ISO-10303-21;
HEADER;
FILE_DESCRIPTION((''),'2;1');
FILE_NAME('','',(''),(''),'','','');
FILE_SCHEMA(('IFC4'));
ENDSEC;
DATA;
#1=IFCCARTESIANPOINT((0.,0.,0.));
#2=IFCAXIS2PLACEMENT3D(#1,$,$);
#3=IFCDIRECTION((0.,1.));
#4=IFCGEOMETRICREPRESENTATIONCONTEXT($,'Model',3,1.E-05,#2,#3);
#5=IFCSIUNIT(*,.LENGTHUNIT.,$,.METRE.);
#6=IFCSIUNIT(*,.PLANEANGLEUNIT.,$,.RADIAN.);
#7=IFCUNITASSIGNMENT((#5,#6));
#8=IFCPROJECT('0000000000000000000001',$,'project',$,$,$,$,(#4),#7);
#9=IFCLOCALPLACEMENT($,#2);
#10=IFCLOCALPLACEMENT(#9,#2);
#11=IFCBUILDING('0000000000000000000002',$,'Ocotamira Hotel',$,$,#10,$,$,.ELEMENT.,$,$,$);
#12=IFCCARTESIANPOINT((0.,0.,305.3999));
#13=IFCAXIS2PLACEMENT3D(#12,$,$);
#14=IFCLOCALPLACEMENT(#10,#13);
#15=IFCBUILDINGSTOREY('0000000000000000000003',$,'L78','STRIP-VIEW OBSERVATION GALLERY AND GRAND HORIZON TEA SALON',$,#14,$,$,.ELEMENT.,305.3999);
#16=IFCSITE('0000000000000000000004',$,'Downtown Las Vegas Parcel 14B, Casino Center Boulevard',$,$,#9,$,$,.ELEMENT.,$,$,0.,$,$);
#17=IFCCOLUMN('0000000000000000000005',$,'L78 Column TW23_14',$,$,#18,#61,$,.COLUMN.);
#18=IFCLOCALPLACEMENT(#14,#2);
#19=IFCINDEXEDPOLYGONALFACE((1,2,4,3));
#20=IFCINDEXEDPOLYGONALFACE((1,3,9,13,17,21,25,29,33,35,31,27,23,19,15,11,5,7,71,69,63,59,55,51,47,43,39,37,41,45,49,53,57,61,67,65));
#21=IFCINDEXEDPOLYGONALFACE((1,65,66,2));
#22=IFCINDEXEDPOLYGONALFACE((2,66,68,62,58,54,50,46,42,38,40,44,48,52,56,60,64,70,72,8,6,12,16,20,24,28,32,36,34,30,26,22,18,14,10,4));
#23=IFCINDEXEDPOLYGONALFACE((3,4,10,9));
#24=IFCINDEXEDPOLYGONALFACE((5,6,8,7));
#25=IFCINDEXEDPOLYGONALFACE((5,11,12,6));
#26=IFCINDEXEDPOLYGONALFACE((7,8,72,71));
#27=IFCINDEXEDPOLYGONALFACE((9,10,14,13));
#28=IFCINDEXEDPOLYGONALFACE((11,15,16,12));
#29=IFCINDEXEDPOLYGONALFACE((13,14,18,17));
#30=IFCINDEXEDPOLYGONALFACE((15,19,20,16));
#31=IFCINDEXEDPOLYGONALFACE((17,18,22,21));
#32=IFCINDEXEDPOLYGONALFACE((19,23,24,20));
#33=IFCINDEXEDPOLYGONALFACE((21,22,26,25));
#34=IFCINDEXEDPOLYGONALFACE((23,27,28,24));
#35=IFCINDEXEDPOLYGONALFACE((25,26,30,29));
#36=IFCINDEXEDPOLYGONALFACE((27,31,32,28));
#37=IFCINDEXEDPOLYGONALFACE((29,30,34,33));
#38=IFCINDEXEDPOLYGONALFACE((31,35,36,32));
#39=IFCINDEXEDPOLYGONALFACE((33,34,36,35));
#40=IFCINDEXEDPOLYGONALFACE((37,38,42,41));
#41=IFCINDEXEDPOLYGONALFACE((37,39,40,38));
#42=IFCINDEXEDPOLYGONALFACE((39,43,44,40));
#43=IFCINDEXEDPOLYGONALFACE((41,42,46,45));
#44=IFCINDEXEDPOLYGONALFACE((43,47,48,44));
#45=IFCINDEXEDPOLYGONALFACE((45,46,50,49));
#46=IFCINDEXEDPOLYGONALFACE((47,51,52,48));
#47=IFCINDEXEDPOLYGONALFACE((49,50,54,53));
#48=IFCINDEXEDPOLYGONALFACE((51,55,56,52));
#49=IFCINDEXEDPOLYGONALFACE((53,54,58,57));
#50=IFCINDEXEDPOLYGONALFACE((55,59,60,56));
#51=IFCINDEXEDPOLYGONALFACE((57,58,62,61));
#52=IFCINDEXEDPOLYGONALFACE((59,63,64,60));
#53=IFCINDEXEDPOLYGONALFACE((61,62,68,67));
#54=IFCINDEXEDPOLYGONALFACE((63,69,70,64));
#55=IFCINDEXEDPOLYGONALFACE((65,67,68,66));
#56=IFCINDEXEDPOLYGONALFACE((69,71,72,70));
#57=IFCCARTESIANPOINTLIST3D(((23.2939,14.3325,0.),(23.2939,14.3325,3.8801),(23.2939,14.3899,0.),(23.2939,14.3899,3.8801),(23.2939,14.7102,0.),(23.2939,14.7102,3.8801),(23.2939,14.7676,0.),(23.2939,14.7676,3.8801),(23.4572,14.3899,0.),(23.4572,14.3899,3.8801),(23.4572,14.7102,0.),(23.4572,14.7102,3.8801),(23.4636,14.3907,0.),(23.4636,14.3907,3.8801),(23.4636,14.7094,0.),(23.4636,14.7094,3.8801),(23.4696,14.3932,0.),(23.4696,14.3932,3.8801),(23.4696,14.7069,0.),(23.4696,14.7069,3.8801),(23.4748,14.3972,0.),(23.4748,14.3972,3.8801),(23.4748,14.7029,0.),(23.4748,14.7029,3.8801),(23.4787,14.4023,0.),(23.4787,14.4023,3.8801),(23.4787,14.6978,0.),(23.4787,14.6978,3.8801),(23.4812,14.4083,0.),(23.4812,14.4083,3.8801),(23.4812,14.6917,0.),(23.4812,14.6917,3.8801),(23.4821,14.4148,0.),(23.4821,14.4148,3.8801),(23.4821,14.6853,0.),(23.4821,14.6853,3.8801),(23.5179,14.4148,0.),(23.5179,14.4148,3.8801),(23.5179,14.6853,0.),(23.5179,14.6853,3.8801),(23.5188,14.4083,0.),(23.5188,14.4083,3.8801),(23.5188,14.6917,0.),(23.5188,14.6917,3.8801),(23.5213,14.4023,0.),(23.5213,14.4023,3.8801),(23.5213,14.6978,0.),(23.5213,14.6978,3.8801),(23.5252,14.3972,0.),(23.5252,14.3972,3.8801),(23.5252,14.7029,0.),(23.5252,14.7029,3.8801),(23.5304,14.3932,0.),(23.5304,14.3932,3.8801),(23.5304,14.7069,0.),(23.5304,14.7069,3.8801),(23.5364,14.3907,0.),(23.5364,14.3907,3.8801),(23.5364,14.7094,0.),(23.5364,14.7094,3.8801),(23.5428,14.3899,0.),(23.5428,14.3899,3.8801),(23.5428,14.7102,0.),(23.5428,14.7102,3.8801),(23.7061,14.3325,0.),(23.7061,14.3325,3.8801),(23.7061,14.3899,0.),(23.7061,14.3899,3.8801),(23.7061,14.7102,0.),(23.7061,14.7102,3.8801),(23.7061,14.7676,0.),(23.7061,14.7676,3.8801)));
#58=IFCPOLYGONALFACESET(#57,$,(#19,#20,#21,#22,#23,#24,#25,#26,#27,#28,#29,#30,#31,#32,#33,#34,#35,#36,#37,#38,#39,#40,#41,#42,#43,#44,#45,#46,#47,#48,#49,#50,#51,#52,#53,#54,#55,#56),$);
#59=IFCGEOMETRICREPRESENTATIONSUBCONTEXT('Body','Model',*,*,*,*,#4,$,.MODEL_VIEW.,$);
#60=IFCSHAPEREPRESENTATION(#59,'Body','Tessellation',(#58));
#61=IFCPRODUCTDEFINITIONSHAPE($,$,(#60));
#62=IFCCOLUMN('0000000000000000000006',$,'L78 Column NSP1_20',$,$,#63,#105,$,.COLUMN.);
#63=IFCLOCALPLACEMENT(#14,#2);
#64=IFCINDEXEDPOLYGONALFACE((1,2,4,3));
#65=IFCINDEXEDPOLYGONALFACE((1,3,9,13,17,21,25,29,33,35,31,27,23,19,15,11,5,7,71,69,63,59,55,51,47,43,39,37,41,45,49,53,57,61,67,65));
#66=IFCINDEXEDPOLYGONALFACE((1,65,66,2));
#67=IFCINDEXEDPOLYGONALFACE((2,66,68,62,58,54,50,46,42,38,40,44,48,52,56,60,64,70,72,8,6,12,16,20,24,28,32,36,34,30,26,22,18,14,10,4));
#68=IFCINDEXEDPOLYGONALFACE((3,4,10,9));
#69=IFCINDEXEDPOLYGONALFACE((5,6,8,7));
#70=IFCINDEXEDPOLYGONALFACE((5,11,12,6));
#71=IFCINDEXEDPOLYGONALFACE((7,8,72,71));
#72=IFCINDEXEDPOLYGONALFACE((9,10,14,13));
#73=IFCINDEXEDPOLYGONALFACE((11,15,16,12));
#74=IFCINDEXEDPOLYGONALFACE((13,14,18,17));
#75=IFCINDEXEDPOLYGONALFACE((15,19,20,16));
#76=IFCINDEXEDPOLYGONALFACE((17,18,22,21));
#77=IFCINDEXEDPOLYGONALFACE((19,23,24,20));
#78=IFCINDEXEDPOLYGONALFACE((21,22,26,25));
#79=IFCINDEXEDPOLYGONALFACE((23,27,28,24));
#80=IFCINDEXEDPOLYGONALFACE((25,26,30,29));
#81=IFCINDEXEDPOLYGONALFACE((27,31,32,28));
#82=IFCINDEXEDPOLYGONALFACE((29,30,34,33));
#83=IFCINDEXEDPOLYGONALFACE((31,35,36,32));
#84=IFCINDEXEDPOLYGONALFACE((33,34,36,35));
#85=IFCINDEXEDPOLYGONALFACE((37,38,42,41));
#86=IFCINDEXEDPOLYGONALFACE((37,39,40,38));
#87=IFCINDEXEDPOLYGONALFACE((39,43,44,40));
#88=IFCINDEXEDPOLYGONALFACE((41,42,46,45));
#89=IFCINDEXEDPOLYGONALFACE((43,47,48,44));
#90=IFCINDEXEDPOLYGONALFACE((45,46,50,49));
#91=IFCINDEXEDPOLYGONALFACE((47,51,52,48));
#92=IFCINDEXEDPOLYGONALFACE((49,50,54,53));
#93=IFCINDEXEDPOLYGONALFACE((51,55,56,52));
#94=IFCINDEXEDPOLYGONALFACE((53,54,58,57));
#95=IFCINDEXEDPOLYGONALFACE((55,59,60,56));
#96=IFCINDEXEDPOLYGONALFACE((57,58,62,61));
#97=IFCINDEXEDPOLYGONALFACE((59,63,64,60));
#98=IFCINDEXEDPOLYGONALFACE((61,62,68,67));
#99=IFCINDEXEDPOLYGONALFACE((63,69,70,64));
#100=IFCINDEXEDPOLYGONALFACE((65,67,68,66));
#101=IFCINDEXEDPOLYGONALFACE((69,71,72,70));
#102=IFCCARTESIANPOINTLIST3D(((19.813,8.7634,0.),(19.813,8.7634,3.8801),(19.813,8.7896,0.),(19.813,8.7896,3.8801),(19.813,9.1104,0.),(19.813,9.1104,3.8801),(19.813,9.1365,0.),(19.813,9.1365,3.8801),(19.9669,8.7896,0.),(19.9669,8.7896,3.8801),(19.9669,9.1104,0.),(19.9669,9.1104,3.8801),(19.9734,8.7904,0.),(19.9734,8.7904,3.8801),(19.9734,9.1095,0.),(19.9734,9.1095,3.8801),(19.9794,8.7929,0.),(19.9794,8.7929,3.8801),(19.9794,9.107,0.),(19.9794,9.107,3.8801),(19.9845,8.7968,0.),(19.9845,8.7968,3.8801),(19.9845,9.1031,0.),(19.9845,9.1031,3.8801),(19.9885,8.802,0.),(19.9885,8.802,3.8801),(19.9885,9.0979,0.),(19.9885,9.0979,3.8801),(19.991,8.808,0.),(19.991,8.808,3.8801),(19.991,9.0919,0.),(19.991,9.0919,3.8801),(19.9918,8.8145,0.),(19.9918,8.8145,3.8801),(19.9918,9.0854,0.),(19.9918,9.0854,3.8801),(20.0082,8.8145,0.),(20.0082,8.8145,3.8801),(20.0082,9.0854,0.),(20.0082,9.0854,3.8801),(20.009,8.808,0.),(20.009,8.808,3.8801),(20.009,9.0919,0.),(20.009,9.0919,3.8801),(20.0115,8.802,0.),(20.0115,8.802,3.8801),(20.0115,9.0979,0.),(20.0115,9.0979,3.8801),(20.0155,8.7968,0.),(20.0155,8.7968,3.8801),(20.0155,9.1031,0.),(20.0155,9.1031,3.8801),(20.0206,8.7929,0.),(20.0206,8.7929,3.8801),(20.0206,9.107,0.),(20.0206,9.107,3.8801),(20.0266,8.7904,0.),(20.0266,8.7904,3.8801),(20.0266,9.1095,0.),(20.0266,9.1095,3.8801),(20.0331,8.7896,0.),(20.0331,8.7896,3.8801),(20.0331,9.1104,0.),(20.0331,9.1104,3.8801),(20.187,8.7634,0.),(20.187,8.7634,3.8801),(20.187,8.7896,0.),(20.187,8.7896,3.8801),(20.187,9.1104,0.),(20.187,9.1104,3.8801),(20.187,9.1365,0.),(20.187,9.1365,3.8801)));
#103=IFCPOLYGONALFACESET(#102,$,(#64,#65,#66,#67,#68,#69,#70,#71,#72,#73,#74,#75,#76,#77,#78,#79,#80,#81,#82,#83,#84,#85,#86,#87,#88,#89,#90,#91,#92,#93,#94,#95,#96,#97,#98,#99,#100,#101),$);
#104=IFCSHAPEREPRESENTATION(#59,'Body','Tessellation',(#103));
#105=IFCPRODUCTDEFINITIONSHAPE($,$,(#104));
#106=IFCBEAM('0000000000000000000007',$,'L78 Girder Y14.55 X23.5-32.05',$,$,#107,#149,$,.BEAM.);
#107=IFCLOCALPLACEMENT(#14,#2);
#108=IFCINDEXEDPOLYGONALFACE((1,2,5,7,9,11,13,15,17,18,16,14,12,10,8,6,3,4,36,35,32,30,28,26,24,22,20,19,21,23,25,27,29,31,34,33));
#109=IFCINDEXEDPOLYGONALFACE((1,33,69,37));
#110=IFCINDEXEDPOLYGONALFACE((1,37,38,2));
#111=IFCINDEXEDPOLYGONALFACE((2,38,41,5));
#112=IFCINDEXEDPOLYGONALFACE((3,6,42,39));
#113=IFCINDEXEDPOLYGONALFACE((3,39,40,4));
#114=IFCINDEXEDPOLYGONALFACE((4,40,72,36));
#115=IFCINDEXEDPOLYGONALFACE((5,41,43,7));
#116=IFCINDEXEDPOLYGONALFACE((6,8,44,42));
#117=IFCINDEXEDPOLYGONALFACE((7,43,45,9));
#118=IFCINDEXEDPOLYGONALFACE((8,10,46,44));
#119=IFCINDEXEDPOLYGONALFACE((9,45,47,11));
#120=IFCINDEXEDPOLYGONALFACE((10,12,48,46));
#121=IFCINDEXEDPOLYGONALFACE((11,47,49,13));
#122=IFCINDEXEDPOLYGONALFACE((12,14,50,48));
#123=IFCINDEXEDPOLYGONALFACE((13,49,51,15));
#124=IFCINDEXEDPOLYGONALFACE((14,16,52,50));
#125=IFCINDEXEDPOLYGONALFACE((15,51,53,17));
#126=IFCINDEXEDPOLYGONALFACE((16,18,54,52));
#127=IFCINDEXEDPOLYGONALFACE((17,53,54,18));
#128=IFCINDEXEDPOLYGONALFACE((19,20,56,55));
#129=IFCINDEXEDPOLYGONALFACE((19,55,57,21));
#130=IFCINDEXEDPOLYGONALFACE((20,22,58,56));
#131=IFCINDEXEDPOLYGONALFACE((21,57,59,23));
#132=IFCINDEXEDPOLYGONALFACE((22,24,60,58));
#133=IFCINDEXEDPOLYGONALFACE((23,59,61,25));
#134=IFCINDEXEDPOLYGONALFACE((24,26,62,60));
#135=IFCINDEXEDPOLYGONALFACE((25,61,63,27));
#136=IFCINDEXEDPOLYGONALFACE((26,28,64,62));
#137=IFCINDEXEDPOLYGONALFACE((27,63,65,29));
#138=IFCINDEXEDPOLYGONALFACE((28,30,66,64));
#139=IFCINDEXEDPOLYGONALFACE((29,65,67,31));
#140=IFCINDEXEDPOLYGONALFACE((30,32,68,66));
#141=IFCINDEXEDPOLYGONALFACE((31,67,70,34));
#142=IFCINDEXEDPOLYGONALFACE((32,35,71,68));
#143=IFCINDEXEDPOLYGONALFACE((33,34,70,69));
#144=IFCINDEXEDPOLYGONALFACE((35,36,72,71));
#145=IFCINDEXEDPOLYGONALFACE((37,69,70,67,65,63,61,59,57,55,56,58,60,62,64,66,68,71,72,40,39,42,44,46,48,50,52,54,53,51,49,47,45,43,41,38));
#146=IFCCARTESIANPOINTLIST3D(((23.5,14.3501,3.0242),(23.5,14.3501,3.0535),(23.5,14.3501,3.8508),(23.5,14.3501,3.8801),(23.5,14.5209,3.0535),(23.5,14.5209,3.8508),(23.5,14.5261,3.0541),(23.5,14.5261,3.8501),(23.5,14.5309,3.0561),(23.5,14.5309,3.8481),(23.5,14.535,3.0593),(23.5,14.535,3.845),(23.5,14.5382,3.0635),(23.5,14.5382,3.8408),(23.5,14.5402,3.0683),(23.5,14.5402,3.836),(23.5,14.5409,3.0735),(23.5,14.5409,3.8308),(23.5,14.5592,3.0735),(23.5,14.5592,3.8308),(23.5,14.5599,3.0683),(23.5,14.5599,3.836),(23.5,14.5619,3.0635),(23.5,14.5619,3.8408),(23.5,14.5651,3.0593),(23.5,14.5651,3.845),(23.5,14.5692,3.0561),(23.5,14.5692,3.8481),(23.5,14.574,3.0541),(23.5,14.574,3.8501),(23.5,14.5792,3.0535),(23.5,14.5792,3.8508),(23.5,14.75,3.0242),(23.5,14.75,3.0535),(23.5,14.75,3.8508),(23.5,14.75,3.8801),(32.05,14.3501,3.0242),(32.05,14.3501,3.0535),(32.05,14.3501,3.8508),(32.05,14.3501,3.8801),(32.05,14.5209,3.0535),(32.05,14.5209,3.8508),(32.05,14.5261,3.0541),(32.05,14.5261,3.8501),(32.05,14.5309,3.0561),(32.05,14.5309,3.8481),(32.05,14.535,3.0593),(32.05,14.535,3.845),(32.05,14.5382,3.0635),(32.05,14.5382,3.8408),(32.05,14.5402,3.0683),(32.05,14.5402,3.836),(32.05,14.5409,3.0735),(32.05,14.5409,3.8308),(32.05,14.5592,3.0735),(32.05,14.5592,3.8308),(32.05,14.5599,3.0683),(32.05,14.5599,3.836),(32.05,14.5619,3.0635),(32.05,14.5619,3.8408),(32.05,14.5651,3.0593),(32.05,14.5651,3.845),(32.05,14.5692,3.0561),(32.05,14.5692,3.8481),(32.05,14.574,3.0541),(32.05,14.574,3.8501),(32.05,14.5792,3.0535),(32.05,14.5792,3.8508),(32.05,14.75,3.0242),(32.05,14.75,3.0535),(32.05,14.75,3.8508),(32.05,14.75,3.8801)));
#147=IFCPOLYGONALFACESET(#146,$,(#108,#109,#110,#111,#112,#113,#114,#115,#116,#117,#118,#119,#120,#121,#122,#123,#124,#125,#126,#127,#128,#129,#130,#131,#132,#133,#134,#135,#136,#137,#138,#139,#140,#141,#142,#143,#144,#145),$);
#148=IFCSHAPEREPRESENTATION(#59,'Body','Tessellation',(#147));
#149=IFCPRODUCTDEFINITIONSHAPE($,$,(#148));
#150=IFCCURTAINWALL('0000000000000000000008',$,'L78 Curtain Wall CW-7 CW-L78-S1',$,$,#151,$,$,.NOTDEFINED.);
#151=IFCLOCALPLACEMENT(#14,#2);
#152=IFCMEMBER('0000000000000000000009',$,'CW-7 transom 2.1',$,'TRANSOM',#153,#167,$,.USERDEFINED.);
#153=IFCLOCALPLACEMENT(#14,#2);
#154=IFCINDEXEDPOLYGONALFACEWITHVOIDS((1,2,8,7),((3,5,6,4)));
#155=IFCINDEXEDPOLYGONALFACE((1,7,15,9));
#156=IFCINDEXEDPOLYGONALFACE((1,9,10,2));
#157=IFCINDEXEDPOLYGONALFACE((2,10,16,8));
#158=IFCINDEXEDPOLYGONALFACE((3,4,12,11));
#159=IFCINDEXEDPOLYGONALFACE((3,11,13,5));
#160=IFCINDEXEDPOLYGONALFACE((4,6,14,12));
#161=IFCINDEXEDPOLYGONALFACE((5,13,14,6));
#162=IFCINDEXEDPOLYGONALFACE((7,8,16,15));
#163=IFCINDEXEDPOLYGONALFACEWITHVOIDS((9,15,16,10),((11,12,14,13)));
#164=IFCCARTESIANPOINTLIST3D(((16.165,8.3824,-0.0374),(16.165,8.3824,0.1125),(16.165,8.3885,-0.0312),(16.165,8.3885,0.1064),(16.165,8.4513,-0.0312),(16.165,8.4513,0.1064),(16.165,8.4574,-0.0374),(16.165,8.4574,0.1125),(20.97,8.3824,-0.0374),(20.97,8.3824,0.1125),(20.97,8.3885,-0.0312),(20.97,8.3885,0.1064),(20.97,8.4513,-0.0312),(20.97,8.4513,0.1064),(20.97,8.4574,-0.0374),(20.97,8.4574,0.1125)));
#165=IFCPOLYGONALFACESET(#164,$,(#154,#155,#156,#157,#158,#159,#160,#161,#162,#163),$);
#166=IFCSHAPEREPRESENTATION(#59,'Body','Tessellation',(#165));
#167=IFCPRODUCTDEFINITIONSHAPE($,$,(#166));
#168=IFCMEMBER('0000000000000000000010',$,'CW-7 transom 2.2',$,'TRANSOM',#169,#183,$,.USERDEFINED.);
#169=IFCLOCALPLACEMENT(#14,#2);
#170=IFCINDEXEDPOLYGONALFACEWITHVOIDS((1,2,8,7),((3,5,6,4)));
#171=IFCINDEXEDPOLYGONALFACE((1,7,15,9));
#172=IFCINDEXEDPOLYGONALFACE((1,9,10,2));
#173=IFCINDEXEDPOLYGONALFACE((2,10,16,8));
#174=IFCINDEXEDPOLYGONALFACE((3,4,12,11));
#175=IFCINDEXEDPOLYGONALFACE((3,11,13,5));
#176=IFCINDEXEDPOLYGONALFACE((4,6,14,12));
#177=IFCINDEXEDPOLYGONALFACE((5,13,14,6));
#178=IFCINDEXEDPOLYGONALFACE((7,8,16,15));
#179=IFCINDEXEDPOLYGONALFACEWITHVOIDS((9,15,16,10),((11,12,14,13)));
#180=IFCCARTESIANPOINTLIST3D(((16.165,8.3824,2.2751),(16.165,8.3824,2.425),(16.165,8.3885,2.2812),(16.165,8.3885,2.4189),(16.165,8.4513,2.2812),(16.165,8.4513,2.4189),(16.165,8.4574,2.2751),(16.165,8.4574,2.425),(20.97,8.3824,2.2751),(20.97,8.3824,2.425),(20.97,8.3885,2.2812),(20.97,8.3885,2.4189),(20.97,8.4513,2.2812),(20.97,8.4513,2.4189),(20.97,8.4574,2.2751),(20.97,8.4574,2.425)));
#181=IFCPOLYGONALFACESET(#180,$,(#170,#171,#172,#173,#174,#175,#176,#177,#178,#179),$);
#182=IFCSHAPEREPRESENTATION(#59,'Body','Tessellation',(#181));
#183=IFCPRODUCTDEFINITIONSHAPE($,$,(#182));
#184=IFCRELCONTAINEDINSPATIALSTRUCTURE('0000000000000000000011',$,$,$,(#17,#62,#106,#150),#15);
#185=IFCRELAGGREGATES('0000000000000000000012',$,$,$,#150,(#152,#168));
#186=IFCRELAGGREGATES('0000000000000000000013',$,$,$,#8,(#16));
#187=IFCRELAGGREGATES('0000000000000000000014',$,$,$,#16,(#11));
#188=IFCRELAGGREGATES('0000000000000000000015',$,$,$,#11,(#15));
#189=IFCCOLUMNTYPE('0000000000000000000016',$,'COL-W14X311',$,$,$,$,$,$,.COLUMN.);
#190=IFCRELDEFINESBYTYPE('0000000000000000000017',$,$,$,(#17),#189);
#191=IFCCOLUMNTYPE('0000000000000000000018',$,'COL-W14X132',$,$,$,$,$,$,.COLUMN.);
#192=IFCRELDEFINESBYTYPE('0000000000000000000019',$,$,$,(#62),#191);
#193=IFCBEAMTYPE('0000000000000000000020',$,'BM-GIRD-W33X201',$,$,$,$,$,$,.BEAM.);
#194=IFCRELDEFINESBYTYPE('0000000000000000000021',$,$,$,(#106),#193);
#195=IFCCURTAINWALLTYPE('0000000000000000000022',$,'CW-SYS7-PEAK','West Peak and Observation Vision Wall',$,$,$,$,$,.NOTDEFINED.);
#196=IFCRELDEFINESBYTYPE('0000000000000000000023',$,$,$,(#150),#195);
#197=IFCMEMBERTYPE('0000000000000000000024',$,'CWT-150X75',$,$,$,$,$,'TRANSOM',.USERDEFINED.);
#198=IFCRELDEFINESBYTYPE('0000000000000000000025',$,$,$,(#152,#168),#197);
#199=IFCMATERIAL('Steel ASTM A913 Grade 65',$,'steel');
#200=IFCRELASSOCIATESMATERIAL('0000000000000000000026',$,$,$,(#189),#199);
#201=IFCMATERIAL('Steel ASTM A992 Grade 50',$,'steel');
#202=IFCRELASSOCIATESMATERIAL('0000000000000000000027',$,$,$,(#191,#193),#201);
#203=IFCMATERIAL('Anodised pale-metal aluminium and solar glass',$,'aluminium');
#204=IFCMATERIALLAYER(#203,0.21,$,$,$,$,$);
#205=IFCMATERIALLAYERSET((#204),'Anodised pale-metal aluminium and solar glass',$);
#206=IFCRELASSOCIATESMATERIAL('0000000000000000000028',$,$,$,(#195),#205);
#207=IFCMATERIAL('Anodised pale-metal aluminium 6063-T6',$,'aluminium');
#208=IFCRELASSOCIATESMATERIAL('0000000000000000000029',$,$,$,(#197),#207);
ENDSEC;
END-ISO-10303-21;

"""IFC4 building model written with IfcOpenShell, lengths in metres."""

from ifc_helpers import new_model, si_unit, direction, frame, origin, origin_2d, place, context, subcontext, project, spatial, hollow_rectangle, i_section, extrude, source, transform, mapped, material, layer, layer_set, material_profile, profile_set, type_object, element, aggregate, save


model = new_model("IFC4")

# Units and contexts
model_context = context("Model", 3, precision=1e-05, world=origin(), true_north=direction((0.0, 1.0)))
body_context = subcontext(model_context, "Body", "Model", "MODEL_VIEW")
ifc_project = project(units=[si_unit("LENGTHUNIT", "METRE"), si_unit("PLANEANGLEUNIT", "RADIAN")], contexts=[model_context])

# Site, building, storey
site_placement = place(None, origin())
site = spatial("IfcSite", under=ifc_project, at=site_placement, Name="Downtown Las Vegas Parcel 14B, Casino Center Boulevard", CompositionType="ELEMENT", RefElevation=0.0)
building_placement = place(site_placement, origin())
building = spatial("IfcBuilding", under=site, at=building_placement, Name="Ocotamira Hotel", CompositionType="ELEMENT")
storey_placement = place(building_placement, frame((0.0, 0.0, 305.3999)))
storey = spatial("IfcBuildingStorey", under=building, at=storey_placement, Name="L78", Description="STRIP-VIEW OBSERVATION GALLERY AND GRAND HORIZON TEA SALON", CompositionType="ELEMENT", Elevation=305.3999)

# Columns
ifc_material_1 = material(Name="Steel ASTM A913 Grade 65", Category="steel")
ifc_material_profile_1 = material_profile(ifc_material_1, i_section(OverallWidth=0.4121, OverallDepth=0.4351, WebThickness=0.0359, FlangeThickness=0.0574, FilletRadius=0.0249, at=origin_2d()), Name="W14X311")
ifc_profile_set_1 = profile_set([ifc_material_profile_1], Name="Steel ASTM A913 Grade 65")
column_type_1 = type_object("IfcColumnType", Name="COL-W14X311", PredefinedType="COLUMN", material=ifc_profile_set_1)
shared_shape_1 = source(origin(), body_context, "Body", "SweptSolid", [
    extrude(i_section(OverallWidth=0.4121, OverallDepth=0.4351, WebThickness=0.0359, FlangeThickness=0.0574, FilletRadius=0.0249, at=origin_2d()), origin(), (0.0, 0.0, 1.0), 3.8801),
])
column_1_placement = place(storey_placement, frame((23.5, 14.55, 0.0), z_axis=(0.0, 0.0, 1.0), x_axis=(1.0, 0.0, 0.0)))
element("IfcColumn", 1, at=column_1_placement, inside=storey, type_object=column_type_1, Name="L78 Column TW23_14", PredefinedType="COLUMN", context=body_context, shape_type="MappedRepresentation", body=[
    mapped(shared_shape_1, transform((0.0, 0.0, 0.0), scale=1.0)),
])
ifc_material_2 = material(Name="Steel ASTM A992 Grade 50", Category="steel")
ifc_material_profile_2 = material_profile(ifc_material_2, i_section(OverallWidth=0.374, OverallDepth=0.373, WebThickness=0.0164, FlangeThickness=0.0261, FilletRadius=0.0249, at=origin_2d()), Name="W14X132")
ifc_profile_set_2 = profile_set([ifc_material_profile_2], Name="Steel ASTM A992 Grade 50")
column_type_2 = type_object("IfcColumnType", Name="COL-W14X132", PredefinedType="COLUMN", material=ifc_profile_set_2)
shared_shape_2 = source(origin(), body_context, "Body", "SweptSolid", [
    extrude(i_section(OverallWidth=0.374, OverallDepth=0.373, WebThickness=0.0164, FlangeThickness=0.0261, FilletRadius=0.0249, at=origin_2d()), origin(), (0.0, 0.0, 1.0), 3.8801),
])
column_2_placement = place(storey_placement, frame((20.0, 8.95, 0.0), z_axis=(0.0, 0.0, 1.0), x_axis=(1.0, 0.0, 0.0)))
element("IfcColumn", 2, at=column_2_placement, inside=storey, type_object=column_type_2, Name="L78 Column NSP1_20", PredefinedType="COLUMN", context=body_context, shape_type="MappedRepresentation", body=[
    mapped(shared_shape_2, transform((0.0, 0.0, 0.0), scale=1.0)),
])

# Beam
ifc_material_profile_3 = material_profile(ifc_material_2, i_section(OverallWidth=0.3999, OverallDepth=0.856, WebThickness=0.0183, FlangeThickness=0.0293, FilletRadius=0.02, at=origin_2d()), Name="W33X201")
ifc_profile_set_3 = profile_set([ifc_material_profile_3], Name="Steel ASTM A992 Grade 50")
beam_type = type_object("IfcBeamType", Name="BM-GIRD-W33X201", PredefinedType="BEAM", material=ifc_profile_set_3)
shared_shape_3 = source(origin(), body_context, "Body", "SweptSolid", [
    extrude(i_section(OverallWidth=0.3999, OverallDepth=0.856, WebThickness=0.0183, FlangeThickness=0.0293, FilletRadius=0.02, at=origin_2d()), origin(), (0.0, 0.0, 1.0), 8.55),
])
beam_placement = place(storey_placement, frame((23.5, 14.55, 3.4521), z_axis=(1.0, 0.0, 0.0), x_axis=(0.0, 1.0, 0.0)))
element("IfcBeam", 3, at=beam_placement, inside=storey, type_object=beam_type, Name="L78 Girder Y14.55 X23.5-32.05", PredefinedType="BEAM", context=body_context, shape_type="MappedRepresentation", body=[
    mapped(shared_shape_3, transform((0.0, 0.0, 0.0), scale=1.0)),
])

# Curtain wall, members
ifc_material_3 = material(Name="Anodised pale-metal aluminium and solar glass", Category="aluminium")
ifc_layer_1 = layer(ifc_material_3, 0.21)
ifc_layer_set_1 = layer_set([ifc_layer_1], Name="Anodised pale-metal aluminium and solar glass")
curtain_wall_type = type_object("IfcCurtainWallType", Name="CW-SYS7-PEAK", Description="West Peak and Observation Vision Wall", PredefinedType="NOTDEFINED", material=ifc_layer_set_1)
curtain_wall_placement = place(storey_placement, origin())
curtain_wall = element("IfcCurtainWall", 4, at=curtain_wall_placement, inside=storey, type_object=curtain_wall_type, Name="L78 Curtain Wall CW-7 CW-L78-S1", PredefinedType="NOTDEFINED")
ifc_material_4 = material(Name="Anodised pale-metal aluminium 6063-T6", Category="aluminium")
ifc_material_profile_4 = material_profile(ifc_material_4, hollow_rectangle(XDim=0.075, YDim=0.1499, WallThickness=0.0061, at=origin_2d()), Name="HSS150X75X6")
ifc_profile_set_4 = profile_set([ifc_material_profile_4], Name="Anodised pale-metal aluminium 6063-T6")
member_type_1 = type_object("IfcMemberType", Name="CWT-150X75", ElementType="TRANSOM", PredefinedType="USERDEFINED", material=ifc_profile_set_4)
shared_shape_4 = source(origin(), body_context, "Body", "SweptSolid", [
    extrude(hollow_rectangle(XDim=0.075, YDim=0.1499, WallThickness=0.0061, at=origin_2d()), origin(), (0.0, 0.0, 1.0), 4.8049),
])
member_1_placement = place(storey_placement, frame((16.165, 8.4199, 0.0376), z_axis=(1.0, 0.0, 0.0), x_axis=(0.0, 1.0, 0.0)))
member_1 = element("IfcMember", 5, at=member_1_placement, type_object=member_type_1, Name="CW-7 transom 2.1", ObjectType="TRANSOM", PredefinedType="USERDEFINED", context=body_context, shape_type="MappedRepresentation", body=[
    mapped(shared_shape_4, transform((0.0, 0.0, 0.0), scale=1.0)),
])
member_2_placement = place(storey_placement, frame((16.165, 8.4199, 2.3501), z_axis=(1.0, 0.0, 0.0), x_axis=(0.0, 1.0, 0.0)))
member_2 = element("IfcMember", 6, at=member_2_placement, type_object=member_type_1, Name="CW-7 transom 2.2", ObjectType="TRANSOM", PredefinedType="USERDEFINED", context=body_context, shape_type="MappedRepresentation", body=[
    mapped(shared_shape_4, transform((0.0, 0.0, 0.0), scale=1.0)),
])
aggregate(curtain_wall, [member_1, member_2])

save(model, "model.ifc")
